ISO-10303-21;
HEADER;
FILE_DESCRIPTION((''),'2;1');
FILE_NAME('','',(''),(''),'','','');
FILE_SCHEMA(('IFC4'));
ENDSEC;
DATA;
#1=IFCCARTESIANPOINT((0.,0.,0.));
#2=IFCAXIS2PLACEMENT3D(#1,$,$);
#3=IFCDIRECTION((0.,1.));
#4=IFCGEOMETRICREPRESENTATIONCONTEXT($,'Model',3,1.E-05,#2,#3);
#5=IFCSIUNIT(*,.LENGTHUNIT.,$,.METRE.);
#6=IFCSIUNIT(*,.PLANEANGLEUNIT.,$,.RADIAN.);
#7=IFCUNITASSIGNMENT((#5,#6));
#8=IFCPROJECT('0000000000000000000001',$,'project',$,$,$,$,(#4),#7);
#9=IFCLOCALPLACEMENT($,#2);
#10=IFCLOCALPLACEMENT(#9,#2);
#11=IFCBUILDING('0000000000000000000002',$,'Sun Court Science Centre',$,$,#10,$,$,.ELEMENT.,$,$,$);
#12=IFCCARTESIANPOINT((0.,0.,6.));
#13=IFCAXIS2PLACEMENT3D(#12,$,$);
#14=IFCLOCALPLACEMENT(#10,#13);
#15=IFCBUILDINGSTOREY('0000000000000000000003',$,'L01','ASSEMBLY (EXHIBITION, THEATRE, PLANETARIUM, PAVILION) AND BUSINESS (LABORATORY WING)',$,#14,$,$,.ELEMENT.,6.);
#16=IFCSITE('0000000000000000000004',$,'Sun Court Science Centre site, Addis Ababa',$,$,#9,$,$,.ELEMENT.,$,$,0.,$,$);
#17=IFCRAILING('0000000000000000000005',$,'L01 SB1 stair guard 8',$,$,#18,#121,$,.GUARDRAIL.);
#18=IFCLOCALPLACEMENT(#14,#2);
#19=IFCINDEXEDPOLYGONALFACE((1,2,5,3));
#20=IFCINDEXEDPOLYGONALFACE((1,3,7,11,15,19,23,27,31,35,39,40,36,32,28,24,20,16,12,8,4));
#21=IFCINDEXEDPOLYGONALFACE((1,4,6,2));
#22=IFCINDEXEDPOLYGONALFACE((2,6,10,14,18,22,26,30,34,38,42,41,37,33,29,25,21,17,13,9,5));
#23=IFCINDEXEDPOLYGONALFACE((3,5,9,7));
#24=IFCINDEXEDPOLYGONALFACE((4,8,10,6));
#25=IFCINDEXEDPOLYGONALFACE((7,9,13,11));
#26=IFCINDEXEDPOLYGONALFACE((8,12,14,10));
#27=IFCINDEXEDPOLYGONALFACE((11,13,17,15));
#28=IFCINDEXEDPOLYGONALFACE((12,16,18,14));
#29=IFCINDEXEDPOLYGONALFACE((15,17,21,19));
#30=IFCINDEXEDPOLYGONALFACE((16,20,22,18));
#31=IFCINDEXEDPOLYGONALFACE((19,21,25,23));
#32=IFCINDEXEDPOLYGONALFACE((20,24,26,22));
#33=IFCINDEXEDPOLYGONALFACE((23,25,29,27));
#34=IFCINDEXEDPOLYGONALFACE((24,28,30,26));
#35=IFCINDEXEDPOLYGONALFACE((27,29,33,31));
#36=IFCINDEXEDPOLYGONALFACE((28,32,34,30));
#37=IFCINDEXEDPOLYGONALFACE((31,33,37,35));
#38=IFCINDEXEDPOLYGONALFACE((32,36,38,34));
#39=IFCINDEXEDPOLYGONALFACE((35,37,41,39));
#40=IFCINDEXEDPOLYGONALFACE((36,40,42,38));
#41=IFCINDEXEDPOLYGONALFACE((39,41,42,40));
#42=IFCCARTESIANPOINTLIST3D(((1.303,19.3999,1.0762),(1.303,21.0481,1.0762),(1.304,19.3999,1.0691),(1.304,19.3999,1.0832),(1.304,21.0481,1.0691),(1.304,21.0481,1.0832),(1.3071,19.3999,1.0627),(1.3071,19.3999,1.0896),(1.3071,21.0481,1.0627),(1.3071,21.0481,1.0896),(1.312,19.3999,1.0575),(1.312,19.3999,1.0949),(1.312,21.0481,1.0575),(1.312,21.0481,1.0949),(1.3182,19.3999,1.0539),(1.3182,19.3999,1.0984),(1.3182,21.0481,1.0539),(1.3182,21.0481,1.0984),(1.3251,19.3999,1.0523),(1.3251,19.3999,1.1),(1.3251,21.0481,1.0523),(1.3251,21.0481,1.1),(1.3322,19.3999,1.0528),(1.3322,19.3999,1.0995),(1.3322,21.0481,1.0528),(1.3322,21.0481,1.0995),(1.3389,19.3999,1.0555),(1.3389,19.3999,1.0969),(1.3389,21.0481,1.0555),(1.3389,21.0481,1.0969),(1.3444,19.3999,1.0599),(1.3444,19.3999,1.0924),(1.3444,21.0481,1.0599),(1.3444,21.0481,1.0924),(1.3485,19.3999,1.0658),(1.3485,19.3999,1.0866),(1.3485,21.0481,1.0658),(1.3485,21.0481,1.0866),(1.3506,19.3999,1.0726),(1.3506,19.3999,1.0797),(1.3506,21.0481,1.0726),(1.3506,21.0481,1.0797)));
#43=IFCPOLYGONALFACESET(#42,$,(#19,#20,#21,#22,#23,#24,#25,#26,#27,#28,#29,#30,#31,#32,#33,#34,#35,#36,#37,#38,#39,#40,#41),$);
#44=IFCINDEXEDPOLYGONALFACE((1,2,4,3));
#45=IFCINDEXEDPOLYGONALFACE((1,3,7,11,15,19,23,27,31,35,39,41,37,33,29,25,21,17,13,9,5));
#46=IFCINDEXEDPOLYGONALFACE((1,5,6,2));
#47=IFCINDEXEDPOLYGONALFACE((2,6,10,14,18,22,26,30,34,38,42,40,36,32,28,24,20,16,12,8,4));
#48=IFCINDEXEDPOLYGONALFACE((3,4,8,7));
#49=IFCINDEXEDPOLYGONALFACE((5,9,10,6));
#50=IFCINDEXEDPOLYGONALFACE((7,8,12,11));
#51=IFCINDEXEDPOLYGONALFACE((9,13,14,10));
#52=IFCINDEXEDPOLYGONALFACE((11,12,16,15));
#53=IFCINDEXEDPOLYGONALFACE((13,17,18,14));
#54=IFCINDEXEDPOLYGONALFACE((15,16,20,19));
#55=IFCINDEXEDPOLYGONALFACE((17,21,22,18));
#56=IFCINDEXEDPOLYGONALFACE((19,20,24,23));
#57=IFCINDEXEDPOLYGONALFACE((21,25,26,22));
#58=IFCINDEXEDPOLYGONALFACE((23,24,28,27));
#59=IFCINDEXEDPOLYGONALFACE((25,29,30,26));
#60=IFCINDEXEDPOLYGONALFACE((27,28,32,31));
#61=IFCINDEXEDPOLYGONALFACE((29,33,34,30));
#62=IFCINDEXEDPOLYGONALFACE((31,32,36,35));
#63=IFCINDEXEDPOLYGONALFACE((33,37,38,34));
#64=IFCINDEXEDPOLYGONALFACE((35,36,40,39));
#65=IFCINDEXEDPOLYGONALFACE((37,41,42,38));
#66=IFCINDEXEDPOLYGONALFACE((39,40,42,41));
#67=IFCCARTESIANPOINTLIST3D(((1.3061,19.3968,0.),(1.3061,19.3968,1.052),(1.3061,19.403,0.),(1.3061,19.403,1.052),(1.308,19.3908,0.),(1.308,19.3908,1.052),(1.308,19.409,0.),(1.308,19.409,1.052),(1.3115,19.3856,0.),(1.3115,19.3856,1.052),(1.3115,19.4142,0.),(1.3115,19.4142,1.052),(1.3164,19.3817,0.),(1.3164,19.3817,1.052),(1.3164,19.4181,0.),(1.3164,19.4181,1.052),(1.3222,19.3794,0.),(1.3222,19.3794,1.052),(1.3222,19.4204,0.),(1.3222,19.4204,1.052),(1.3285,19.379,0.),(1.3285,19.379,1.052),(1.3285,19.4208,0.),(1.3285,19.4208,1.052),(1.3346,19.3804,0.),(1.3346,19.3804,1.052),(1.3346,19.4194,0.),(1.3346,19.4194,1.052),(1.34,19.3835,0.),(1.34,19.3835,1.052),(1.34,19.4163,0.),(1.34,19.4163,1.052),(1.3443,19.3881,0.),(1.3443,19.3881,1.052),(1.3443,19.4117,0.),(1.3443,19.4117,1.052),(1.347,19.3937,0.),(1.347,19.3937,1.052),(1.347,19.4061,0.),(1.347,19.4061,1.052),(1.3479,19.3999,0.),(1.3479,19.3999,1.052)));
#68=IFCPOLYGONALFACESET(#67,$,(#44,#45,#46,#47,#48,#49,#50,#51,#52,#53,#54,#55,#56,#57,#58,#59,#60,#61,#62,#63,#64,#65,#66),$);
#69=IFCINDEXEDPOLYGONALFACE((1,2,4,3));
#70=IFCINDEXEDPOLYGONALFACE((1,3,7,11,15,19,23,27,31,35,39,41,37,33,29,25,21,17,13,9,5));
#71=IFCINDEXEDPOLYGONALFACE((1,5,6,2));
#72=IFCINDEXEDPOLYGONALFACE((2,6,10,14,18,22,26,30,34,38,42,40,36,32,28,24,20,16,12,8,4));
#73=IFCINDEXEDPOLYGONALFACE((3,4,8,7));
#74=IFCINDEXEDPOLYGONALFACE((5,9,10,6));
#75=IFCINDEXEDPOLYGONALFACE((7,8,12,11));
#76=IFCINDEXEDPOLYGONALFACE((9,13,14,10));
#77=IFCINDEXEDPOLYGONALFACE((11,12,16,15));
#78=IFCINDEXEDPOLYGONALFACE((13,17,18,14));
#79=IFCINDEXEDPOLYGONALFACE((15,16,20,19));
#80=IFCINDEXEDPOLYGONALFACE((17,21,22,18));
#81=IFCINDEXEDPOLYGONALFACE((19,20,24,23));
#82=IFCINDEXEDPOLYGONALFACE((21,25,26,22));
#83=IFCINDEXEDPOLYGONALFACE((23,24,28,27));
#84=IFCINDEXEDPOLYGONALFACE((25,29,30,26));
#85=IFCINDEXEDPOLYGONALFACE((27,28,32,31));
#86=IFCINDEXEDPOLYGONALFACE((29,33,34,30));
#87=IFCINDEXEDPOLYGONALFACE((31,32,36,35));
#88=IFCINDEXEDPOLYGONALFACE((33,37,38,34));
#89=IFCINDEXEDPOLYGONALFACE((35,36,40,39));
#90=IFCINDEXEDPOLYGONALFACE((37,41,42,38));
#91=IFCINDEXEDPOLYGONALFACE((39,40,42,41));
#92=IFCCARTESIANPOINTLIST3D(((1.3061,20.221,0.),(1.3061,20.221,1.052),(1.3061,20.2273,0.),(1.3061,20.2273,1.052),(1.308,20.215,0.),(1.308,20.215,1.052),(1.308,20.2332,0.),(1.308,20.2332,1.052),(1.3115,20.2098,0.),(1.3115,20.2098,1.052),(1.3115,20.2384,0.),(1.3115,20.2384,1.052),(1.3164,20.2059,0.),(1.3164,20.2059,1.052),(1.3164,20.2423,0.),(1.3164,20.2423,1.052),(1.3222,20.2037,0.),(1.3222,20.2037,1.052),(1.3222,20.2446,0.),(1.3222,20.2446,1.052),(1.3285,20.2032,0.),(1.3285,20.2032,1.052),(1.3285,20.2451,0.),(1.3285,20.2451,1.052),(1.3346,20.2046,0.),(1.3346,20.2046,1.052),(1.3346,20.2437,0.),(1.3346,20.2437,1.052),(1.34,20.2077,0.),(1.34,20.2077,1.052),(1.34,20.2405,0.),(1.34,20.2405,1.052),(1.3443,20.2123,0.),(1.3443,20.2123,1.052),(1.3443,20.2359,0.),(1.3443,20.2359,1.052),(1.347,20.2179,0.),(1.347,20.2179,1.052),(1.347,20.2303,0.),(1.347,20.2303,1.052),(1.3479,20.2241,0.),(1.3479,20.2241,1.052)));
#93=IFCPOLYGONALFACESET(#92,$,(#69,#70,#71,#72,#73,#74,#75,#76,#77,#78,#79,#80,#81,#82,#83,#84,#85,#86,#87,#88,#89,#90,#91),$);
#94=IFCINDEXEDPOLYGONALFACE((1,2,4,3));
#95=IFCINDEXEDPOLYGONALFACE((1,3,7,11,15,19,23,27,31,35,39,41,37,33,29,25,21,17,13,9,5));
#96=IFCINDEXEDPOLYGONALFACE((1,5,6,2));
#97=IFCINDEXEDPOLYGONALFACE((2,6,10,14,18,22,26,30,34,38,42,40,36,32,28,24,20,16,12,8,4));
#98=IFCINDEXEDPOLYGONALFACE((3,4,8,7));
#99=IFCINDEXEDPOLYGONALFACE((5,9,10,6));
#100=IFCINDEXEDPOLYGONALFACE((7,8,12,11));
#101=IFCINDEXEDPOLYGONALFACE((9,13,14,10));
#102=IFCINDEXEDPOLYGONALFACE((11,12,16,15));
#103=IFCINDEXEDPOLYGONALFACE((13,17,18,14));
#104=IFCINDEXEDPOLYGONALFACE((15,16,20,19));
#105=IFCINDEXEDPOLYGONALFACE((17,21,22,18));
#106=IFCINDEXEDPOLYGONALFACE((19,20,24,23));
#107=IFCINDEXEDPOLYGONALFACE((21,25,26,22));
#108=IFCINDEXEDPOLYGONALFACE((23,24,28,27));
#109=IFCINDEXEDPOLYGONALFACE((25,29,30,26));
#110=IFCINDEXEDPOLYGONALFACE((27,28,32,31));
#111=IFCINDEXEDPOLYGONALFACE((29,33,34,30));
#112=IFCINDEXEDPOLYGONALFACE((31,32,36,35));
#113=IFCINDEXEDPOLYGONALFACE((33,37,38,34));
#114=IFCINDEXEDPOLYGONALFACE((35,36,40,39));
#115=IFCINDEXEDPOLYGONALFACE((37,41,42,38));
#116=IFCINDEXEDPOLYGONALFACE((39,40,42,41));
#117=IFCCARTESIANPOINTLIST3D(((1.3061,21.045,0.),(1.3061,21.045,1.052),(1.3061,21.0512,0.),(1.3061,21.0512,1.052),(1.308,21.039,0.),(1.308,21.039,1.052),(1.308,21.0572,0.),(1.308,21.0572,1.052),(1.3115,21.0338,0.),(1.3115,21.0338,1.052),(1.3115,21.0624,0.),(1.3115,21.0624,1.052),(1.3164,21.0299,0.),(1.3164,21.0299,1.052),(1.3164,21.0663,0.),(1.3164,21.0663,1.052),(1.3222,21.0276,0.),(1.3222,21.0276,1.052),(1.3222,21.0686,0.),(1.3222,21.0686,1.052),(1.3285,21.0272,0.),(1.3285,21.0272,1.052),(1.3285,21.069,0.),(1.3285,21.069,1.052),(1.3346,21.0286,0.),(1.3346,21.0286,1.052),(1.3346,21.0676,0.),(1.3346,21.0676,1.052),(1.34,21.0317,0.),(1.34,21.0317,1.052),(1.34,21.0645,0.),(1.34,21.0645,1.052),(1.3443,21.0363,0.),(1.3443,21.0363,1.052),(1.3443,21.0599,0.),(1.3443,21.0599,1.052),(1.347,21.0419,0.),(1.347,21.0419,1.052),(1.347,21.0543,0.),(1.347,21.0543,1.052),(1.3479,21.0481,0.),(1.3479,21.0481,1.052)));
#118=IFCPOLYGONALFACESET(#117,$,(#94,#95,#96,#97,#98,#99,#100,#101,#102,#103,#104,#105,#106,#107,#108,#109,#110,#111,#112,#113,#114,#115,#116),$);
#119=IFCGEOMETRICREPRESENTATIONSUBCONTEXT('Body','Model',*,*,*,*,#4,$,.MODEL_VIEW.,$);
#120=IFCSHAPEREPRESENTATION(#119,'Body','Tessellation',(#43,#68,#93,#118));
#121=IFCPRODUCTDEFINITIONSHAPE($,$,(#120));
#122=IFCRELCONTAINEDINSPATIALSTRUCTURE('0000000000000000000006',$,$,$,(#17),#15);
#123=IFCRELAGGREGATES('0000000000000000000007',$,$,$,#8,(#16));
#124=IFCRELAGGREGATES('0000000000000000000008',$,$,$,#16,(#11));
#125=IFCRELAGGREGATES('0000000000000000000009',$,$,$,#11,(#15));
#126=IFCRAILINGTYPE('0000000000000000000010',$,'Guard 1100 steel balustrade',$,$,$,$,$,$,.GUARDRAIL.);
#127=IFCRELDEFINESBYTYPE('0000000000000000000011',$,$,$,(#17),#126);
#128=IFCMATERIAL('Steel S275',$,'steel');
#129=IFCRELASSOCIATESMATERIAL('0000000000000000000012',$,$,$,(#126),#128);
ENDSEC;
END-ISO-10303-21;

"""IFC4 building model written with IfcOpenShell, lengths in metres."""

from ifc_helpers import new_model, si_unit, direction, frame, origin, origin_2d, place, context, subcontext, project, spatial, circle, extrude, material, type_object, element, save


model = new_model("IFC4")

# Units and contexts
model_context = context("Model", 3, precision=1e-05, world=origin(), true_north=direction((0.0, 1.0)))
body_context = subcontext(model_context, "Body", "Model", "MODEL_VIEW")
ifc_project = project(units=[si_unit("LENGTHUNIT", "METRE"), si_unit("PLANEANGLEUNIT", "RADIAN")], contexts=[model_context])

# Site, building, storey
site_placement = place(None, origin())
site = spatial("IfcSite", under=ifc_project, at=site_placement, Name="Sun Court Science Centre site, Addis Ababa", CompositionType="ELEMENT", RefElevation=0.0)
building_placement = place(site_placement, origin())
building = spatial("IfcBuilding", under=site, at=building_placement, Name="Sun Court Science Centre", CompositionType="ELEMENT")
storey_placement = place(building_placement, frame((0.0, 0.0, 6.0)))
storey = spatial("IfcBuildingStorey", under=building, at=storey_placement, Name="L01", Description="ASSEMBLY (EXHIBITION, THEATRE, PLANETARIUM, PAVILION) AND BUSINESS (LABORATORY WING)", CompositionType="ELEMENT", Elevation=6.0)

# Railing
ifc_material_1 = material(Name="Steel S275", Category="steel")
railing_type_1 = type_object("IfcRailingType", Name="Guard 1100 steel balustrade", PredefinedType="GUARDRAIL", material=ifc_material_1)
for number, where, name in (
    (1, (1.3269, 19.3999, 0.0), "L01 SB1 stair guard 8"),
):
    element("IfcRailing", number, at=place(storey_placement, frame(where)), inside=storey, type_object=railing_type_1, Name=name, PredefinedType="GUARDRAIL", context=body_context, shape_type="SweptSolid", body=[
        extrude(circle(Radius=0.0239, at=origin_2d()), frame((0.0, 0.0, 1.0762), z_axis=(0.0, 1.0, 0.0), x_axis=(-1.0, 0.0, 0.0)), (0.0, 0.0, 1.0), 1.6482),
        extrude(circle(Radius=0.021, at=origin_2d()), origin(), (0.0, 0.0, 1.0), 1.052),
        extrude(circle(Radius=0.021, at=origin_2d()), frame((0.0, 0.8242, 0.0)), (0.0, 0.0, 1.0), 1.052),
        extrude(circle(Radius=0.021, at=origin_2d()), frame((0.0, 1.6482, 0.0)), (0.0, 0.0, 1.0), 1.052),
    ])

save(model, "model.ifc")
